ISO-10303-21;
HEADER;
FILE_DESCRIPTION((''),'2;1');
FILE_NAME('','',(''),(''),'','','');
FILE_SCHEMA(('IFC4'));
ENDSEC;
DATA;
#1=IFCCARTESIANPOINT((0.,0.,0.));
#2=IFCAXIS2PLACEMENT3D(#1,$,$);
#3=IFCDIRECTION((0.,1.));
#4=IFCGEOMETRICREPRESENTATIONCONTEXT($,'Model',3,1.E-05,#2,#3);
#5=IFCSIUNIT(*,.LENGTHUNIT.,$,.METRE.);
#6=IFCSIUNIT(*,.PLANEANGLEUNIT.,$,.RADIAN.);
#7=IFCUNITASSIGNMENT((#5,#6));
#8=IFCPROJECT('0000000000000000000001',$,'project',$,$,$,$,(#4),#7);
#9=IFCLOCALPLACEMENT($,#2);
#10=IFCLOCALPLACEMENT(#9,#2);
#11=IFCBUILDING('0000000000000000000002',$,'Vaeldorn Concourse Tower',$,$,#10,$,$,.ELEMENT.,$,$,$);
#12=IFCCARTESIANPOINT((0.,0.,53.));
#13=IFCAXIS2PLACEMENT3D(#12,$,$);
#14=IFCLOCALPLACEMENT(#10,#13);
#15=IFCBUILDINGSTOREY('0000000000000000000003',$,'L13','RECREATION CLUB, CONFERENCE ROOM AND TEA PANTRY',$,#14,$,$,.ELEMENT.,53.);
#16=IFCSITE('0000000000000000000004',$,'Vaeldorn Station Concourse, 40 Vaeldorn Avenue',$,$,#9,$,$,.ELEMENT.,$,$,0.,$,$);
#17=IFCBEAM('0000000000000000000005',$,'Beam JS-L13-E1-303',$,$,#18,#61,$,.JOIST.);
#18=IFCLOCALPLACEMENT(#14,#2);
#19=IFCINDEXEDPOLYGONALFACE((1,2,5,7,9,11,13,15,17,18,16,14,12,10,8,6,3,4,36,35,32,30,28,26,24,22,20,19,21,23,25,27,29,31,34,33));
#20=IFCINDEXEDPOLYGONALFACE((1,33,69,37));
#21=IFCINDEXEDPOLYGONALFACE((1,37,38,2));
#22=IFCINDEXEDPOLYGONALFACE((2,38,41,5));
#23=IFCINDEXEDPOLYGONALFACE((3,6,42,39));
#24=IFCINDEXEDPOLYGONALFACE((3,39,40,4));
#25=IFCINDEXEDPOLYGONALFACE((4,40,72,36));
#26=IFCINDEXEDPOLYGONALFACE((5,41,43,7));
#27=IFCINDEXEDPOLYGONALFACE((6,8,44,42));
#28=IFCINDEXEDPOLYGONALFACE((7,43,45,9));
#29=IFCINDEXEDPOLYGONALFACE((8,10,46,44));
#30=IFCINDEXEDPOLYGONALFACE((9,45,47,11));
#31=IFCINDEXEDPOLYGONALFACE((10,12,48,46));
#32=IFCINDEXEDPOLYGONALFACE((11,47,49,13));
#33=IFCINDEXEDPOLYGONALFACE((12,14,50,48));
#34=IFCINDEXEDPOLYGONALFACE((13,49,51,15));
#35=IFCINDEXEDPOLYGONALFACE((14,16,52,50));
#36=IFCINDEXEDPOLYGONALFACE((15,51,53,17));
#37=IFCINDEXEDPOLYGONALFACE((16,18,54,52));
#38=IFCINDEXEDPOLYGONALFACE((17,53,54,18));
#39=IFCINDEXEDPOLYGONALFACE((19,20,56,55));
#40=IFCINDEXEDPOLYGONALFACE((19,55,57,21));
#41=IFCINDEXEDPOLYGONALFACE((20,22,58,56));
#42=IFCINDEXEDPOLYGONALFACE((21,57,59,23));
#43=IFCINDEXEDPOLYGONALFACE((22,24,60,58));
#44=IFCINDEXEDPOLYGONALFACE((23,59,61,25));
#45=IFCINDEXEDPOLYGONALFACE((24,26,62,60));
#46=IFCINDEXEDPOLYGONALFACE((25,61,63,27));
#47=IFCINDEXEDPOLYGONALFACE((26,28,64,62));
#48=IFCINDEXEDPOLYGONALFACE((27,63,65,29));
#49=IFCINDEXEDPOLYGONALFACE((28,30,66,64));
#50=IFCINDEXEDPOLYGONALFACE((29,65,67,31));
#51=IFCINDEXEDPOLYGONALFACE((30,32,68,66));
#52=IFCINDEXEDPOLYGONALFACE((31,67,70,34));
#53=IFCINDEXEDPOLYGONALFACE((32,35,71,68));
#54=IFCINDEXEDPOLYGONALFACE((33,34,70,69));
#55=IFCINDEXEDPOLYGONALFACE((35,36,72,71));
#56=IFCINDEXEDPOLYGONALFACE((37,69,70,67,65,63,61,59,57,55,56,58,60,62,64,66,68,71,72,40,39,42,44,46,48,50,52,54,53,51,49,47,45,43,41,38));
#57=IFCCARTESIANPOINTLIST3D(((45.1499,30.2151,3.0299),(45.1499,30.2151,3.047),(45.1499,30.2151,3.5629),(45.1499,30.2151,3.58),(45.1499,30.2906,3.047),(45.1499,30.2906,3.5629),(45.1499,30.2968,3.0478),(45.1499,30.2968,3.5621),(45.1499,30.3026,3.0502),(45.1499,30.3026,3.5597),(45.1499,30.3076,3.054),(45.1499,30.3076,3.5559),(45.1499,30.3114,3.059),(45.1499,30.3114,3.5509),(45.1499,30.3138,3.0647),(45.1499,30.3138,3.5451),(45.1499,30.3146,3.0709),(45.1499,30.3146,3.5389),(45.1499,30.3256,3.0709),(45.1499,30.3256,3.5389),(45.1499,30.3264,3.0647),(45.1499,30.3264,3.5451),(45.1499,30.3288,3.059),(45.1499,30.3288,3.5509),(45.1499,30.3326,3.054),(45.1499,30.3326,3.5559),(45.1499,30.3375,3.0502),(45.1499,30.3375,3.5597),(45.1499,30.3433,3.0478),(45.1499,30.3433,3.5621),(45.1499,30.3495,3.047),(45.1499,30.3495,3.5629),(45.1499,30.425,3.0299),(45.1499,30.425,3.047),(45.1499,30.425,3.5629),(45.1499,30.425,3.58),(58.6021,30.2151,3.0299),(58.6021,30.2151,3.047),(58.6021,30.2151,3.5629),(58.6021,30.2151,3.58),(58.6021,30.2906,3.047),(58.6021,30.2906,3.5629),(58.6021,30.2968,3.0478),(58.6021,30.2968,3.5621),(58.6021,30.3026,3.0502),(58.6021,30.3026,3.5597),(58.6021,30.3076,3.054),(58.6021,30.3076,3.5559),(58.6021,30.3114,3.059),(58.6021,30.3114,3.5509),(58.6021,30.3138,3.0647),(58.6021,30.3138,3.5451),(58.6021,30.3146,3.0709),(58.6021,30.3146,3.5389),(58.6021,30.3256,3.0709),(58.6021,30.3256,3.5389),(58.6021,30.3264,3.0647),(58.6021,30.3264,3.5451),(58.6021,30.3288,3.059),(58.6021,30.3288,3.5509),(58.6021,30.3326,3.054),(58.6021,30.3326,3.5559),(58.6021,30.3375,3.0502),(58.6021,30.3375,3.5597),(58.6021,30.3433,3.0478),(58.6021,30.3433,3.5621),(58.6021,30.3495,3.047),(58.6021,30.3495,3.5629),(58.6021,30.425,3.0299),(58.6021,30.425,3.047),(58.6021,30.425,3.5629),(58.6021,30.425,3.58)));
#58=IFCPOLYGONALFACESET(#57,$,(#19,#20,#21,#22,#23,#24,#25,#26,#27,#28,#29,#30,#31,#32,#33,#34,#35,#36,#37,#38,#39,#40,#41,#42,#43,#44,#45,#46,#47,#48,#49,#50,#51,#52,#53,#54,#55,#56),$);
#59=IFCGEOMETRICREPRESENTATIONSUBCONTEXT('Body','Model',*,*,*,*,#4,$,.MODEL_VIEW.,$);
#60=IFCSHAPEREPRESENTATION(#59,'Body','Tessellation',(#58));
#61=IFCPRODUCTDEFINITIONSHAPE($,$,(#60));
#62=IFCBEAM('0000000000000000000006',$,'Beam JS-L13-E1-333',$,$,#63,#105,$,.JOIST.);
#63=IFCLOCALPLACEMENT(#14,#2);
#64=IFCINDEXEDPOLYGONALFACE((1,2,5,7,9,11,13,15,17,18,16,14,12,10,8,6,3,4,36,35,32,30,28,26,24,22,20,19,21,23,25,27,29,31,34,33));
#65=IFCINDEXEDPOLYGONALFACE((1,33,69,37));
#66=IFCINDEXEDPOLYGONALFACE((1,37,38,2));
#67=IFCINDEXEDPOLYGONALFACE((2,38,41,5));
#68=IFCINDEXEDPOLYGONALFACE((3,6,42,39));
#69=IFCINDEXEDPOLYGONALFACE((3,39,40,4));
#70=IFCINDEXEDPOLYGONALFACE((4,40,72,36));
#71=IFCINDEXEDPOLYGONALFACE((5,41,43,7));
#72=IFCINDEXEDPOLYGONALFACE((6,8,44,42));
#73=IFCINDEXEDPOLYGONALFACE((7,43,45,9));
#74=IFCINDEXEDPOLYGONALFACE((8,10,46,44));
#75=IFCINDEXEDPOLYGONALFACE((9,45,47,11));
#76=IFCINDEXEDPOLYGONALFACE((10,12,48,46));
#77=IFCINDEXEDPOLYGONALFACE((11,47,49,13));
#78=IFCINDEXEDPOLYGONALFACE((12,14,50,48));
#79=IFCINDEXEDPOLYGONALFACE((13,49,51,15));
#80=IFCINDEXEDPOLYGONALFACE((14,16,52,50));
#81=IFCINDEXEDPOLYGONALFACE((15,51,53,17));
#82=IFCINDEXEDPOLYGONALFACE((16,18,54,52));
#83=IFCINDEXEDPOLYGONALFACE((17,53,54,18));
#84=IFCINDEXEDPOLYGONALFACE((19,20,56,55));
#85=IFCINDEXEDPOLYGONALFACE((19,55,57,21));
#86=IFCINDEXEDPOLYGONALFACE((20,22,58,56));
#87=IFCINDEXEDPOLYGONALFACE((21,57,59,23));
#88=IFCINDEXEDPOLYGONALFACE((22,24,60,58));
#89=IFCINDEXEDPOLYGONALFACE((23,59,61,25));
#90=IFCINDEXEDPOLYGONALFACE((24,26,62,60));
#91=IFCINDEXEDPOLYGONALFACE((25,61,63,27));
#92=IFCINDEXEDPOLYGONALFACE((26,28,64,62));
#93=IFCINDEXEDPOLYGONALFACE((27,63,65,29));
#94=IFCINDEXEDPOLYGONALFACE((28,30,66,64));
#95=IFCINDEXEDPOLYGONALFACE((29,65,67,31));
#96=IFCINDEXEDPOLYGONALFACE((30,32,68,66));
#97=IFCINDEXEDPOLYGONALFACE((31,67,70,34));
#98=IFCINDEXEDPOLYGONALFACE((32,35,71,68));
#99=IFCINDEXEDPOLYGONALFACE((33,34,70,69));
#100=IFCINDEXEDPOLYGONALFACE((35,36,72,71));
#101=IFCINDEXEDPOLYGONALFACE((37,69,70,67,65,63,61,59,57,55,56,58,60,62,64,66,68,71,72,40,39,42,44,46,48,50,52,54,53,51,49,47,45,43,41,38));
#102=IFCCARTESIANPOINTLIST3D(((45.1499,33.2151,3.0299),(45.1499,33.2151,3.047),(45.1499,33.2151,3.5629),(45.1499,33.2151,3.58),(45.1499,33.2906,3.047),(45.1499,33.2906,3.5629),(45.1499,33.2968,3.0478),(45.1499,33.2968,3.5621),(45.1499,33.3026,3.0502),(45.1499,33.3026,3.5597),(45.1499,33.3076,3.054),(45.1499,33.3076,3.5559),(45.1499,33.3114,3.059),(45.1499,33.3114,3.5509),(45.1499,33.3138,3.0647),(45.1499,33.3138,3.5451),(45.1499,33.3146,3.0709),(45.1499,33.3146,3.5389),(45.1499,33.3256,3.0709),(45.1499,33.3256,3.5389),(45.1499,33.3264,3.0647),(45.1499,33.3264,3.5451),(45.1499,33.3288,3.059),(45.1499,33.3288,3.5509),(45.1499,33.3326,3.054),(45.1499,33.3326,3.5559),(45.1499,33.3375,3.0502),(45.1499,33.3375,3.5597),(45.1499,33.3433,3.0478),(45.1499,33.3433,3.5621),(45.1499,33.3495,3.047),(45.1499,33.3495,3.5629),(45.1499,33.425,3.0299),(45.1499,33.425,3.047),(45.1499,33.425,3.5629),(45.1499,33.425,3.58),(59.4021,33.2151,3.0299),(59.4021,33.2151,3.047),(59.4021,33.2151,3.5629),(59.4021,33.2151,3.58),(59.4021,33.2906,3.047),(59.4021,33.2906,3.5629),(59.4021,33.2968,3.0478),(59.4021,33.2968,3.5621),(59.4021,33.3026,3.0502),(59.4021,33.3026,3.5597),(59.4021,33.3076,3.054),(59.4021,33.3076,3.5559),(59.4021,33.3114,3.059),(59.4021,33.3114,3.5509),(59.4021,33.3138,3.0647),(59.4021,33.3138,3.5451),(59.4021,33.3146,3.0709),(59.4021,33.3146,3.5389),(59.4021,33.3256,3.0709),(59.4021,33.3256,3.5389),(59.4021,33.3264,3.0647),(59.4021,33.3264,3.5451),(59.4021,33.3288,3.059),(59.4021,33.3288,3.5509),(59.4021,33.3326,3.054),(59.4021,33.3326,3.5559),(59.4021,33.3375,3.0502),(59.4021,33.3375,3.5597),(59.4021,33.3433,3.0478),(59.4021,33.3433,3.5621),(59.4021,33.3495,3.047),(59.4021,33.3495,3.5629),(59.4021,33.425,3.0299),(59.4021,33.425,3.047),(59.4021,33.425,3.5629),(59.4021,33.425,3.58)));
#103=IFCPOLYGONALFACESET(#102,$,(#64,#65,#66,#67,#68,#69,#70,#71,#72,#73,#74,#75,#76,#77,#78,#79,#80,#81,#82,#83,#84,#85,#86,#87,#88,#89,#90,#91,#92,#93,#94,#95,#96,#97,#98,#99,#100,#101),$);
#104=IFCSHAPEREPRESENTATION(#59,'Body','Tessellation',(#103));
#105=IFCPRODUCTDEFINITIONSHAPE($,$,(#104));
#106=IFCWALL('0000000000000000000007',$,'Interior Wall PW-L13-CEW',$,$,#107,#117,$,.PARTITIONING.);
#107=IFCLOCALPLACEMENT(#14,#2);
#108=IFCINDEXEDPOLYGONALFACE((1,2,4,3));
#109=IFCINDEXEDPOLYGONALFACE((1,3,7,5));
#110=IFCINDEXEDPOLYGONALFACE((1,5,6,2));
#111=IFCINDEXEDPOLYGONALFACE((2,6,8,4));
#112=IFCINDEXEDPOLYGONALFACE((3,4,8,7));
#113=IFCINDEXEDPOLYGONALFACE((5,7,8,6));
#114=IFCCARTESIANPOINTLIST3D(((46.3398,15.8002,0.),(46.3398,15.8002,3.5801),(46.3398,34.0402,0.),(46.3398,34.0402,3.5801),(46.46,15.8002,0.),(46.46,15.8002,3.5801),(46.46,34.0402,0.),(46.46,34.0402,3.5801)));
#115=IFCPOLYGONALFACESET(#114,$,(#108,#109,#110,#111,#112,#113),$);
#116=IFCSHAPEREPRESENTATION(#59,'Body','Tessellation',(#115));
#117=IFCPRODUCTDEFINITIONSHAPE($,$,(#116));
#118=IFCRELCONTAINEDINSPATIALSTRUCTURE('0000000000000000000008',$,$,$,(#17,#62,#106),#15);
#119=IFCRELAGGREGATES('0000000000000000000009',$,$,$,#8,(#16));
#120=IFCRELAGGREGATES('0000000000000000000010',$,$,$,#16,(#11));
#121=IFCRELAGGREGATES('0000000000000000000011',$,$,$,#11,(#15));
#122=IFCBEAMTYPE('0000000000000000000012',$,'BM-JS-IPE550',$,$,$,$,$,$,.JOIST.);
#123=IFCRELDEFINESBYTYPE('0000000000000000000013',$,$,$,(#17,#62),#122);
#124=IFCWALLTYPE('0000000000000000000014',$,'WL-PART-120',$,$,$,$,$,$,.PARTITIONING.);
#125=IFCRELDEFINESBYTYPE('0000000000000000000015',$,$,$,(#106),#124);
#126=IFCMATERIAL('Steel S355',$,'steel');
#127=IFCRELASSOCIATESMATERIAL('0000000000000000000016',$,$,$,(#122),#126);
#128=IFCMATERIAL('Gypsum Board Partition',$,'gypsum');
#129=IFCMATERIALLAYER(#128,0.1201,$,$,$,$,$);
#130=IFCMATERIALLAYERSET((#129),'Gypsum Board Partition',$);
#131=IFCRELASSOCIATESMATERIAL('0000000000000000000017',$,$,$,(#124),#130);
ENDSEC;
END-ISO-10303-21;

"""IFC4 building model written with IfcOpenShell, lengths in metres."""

from ifc_helpers import new_model, si_unit, direction, frame, frame_2d, origin, origin_2d, place, context, subcontext, project, spatial, rectangle, i_section, extrude, source, transform, mapped, material, layer, layer_set, material_profile, profile_set, type_object, element, save


model = new_model("IFC4")

# Units and contexts
model_context = context("Model", 3, precision=1e-05, world=origin(), true_north=direction((0.0, 1.0)))
body_context = subcontext(model_context, "Body", "Model", "MODEL_VIEW")
ifc_project = project(units=[si_unit("LENGTHUNIT", "METRE"), si_unit("PLANEANGLEUNIT", "RADIAN")], contexts=[model_context])

# Site, building, storey
site_placement = place(None, origin())
site = spatial("IfcSite", under=ifc_project, at=site_placement, Name="Vaeldorn Station Concourse, 40 Vaeldorn Avenue", CompositionType="ELEMENT", RefElevation=0.0)
building_placement = place(site_placement, origin())
building = spatial("IfcBuilding", under=site, at=building_placement, Name="Vaeldorn Concourse Tower", CompositionType="ELEMENT")
storey_placement = place(building_placement, frame((0.0, 0.0, 53.0)))
storey = spatial("IfcBuildingStorey", under=building, at=storey_placement, Name="L13", Description="RECREATION CLUB, CONFERENCE ROOM AND TEA PANTRY", CompositionType="ELEMENT", Elevation=53.0)

# Beams
ifc_material_1 = material(Name="Steel S355", Category="steel")
ifc_material_profile_1 = material_profile(ifc_material_1, i_section(OverallWidth=0.21, OverallDepth=0.55, WebThickness=0.011, FlangeThickness=0.0171, FilletRadius=0.0239, at=origin_2d()), Name="IPE 550")
ifc_profile_set_1 = profile_set([ifc_material_profile_1], Name="Steel S355")
beam_type_1 = type_object("IfcBeamType", Name="BM-JS-IPE550", PredefinedType="JOIST", material=ifc_profile_set_1)
shared_shape_1 = source(origin(), body_context, "Body", "SweptSolid", [
    extrude(i_section(OverallWidth=0.21, OverallDepth=0.55, WebThickness=0.011, FlangeThickness=0.0171, FilletRadius=0.0239, at=origin_2d()), origin(), (0.0, 0.0, 1.0), 13.4521),
])
beam_1_placement = place(storey_placement, frame((45.1499, 30.3201, 3.3049), z_axis=(1.0, 0.0, 0.0), x_axis=(0.0, 1.0, 0.0)))
element("IfcBeam", 1, at=beam_1_placement, inside=storey, type_object=beam_type_1, Name="Beam JS-L13-E1-303", PredefinedType="JOIST", context=body_context, shape_type="MappedRepresentation", body=[
    mapped(shared_shape_1, transform((0.0, 0.0, 0.0), scale=1.0)),
])
shared_shape_2 = source(origin(), body_context, "Body", "SweptSolid", [
    extrude(i_section(OverallWidth=0.21, OverallDepth=0.55, WebThickness=0.011, FlangeThickness=0.0171, FilletRadius=0.0239, at=origin_2d()), origin(), (0.0, 0.0, 1.0), 14.2522),
])
beam_2_placement = place(storey_placement, frame((45.1499, 33.3201, 3.3049), z_axis=(1.0, 0.0, 0.0), x_axis=(0.0, 1.0, 0.0)))
element("IfcBeam", 2, at=beam_2_placement, inside=storey, type_object=beam_type_1, Name="Beam JS-L13-E1-333", PredefinedType="JOIST", context=body_context, shape_type="MappedRepresentation", body=[
    mapped(shared_shape_2, transform((0.0, 0.0, 0.0), scale=1.0)),
])

# Wall
ifc_material_2 = material(Name="Gypsum Board Partition", Category="gypsum")
ifc_layer = layer(ifc_material_2, 0.1201)
ifc_layer_set = layer_set([ifc_layer], Name="Gypsum Board Partition")
wall_type = type_object("IfcWallType", Name="WL-PART-120", PredefinedType="PARTITIONING", material=ifc_layer_set)
wall_1_placement = place(storey_placement, frame((46.3999, 15.8, 0.0), z_axis=(0.0, 0.0, 1.0), x_axis=(0.0, 1.0, 0.0)))
element("IfcWall", 3, at=wall_1_placement, inside=storey, type_object=wall_type, Name="Interior Wall PW-L13-CEW", PredefinedType="PARTITIONING", context=body_context, shape_type="SweptSolid", body=[
    extrude(rectangle(XDim=18.24, YDim=0.1201, at=frame_2d((9.1201, 0.0))), origin(), (0.0, 0.0, 1.0), 3.5801),
])

save(model, "model.ifc")
